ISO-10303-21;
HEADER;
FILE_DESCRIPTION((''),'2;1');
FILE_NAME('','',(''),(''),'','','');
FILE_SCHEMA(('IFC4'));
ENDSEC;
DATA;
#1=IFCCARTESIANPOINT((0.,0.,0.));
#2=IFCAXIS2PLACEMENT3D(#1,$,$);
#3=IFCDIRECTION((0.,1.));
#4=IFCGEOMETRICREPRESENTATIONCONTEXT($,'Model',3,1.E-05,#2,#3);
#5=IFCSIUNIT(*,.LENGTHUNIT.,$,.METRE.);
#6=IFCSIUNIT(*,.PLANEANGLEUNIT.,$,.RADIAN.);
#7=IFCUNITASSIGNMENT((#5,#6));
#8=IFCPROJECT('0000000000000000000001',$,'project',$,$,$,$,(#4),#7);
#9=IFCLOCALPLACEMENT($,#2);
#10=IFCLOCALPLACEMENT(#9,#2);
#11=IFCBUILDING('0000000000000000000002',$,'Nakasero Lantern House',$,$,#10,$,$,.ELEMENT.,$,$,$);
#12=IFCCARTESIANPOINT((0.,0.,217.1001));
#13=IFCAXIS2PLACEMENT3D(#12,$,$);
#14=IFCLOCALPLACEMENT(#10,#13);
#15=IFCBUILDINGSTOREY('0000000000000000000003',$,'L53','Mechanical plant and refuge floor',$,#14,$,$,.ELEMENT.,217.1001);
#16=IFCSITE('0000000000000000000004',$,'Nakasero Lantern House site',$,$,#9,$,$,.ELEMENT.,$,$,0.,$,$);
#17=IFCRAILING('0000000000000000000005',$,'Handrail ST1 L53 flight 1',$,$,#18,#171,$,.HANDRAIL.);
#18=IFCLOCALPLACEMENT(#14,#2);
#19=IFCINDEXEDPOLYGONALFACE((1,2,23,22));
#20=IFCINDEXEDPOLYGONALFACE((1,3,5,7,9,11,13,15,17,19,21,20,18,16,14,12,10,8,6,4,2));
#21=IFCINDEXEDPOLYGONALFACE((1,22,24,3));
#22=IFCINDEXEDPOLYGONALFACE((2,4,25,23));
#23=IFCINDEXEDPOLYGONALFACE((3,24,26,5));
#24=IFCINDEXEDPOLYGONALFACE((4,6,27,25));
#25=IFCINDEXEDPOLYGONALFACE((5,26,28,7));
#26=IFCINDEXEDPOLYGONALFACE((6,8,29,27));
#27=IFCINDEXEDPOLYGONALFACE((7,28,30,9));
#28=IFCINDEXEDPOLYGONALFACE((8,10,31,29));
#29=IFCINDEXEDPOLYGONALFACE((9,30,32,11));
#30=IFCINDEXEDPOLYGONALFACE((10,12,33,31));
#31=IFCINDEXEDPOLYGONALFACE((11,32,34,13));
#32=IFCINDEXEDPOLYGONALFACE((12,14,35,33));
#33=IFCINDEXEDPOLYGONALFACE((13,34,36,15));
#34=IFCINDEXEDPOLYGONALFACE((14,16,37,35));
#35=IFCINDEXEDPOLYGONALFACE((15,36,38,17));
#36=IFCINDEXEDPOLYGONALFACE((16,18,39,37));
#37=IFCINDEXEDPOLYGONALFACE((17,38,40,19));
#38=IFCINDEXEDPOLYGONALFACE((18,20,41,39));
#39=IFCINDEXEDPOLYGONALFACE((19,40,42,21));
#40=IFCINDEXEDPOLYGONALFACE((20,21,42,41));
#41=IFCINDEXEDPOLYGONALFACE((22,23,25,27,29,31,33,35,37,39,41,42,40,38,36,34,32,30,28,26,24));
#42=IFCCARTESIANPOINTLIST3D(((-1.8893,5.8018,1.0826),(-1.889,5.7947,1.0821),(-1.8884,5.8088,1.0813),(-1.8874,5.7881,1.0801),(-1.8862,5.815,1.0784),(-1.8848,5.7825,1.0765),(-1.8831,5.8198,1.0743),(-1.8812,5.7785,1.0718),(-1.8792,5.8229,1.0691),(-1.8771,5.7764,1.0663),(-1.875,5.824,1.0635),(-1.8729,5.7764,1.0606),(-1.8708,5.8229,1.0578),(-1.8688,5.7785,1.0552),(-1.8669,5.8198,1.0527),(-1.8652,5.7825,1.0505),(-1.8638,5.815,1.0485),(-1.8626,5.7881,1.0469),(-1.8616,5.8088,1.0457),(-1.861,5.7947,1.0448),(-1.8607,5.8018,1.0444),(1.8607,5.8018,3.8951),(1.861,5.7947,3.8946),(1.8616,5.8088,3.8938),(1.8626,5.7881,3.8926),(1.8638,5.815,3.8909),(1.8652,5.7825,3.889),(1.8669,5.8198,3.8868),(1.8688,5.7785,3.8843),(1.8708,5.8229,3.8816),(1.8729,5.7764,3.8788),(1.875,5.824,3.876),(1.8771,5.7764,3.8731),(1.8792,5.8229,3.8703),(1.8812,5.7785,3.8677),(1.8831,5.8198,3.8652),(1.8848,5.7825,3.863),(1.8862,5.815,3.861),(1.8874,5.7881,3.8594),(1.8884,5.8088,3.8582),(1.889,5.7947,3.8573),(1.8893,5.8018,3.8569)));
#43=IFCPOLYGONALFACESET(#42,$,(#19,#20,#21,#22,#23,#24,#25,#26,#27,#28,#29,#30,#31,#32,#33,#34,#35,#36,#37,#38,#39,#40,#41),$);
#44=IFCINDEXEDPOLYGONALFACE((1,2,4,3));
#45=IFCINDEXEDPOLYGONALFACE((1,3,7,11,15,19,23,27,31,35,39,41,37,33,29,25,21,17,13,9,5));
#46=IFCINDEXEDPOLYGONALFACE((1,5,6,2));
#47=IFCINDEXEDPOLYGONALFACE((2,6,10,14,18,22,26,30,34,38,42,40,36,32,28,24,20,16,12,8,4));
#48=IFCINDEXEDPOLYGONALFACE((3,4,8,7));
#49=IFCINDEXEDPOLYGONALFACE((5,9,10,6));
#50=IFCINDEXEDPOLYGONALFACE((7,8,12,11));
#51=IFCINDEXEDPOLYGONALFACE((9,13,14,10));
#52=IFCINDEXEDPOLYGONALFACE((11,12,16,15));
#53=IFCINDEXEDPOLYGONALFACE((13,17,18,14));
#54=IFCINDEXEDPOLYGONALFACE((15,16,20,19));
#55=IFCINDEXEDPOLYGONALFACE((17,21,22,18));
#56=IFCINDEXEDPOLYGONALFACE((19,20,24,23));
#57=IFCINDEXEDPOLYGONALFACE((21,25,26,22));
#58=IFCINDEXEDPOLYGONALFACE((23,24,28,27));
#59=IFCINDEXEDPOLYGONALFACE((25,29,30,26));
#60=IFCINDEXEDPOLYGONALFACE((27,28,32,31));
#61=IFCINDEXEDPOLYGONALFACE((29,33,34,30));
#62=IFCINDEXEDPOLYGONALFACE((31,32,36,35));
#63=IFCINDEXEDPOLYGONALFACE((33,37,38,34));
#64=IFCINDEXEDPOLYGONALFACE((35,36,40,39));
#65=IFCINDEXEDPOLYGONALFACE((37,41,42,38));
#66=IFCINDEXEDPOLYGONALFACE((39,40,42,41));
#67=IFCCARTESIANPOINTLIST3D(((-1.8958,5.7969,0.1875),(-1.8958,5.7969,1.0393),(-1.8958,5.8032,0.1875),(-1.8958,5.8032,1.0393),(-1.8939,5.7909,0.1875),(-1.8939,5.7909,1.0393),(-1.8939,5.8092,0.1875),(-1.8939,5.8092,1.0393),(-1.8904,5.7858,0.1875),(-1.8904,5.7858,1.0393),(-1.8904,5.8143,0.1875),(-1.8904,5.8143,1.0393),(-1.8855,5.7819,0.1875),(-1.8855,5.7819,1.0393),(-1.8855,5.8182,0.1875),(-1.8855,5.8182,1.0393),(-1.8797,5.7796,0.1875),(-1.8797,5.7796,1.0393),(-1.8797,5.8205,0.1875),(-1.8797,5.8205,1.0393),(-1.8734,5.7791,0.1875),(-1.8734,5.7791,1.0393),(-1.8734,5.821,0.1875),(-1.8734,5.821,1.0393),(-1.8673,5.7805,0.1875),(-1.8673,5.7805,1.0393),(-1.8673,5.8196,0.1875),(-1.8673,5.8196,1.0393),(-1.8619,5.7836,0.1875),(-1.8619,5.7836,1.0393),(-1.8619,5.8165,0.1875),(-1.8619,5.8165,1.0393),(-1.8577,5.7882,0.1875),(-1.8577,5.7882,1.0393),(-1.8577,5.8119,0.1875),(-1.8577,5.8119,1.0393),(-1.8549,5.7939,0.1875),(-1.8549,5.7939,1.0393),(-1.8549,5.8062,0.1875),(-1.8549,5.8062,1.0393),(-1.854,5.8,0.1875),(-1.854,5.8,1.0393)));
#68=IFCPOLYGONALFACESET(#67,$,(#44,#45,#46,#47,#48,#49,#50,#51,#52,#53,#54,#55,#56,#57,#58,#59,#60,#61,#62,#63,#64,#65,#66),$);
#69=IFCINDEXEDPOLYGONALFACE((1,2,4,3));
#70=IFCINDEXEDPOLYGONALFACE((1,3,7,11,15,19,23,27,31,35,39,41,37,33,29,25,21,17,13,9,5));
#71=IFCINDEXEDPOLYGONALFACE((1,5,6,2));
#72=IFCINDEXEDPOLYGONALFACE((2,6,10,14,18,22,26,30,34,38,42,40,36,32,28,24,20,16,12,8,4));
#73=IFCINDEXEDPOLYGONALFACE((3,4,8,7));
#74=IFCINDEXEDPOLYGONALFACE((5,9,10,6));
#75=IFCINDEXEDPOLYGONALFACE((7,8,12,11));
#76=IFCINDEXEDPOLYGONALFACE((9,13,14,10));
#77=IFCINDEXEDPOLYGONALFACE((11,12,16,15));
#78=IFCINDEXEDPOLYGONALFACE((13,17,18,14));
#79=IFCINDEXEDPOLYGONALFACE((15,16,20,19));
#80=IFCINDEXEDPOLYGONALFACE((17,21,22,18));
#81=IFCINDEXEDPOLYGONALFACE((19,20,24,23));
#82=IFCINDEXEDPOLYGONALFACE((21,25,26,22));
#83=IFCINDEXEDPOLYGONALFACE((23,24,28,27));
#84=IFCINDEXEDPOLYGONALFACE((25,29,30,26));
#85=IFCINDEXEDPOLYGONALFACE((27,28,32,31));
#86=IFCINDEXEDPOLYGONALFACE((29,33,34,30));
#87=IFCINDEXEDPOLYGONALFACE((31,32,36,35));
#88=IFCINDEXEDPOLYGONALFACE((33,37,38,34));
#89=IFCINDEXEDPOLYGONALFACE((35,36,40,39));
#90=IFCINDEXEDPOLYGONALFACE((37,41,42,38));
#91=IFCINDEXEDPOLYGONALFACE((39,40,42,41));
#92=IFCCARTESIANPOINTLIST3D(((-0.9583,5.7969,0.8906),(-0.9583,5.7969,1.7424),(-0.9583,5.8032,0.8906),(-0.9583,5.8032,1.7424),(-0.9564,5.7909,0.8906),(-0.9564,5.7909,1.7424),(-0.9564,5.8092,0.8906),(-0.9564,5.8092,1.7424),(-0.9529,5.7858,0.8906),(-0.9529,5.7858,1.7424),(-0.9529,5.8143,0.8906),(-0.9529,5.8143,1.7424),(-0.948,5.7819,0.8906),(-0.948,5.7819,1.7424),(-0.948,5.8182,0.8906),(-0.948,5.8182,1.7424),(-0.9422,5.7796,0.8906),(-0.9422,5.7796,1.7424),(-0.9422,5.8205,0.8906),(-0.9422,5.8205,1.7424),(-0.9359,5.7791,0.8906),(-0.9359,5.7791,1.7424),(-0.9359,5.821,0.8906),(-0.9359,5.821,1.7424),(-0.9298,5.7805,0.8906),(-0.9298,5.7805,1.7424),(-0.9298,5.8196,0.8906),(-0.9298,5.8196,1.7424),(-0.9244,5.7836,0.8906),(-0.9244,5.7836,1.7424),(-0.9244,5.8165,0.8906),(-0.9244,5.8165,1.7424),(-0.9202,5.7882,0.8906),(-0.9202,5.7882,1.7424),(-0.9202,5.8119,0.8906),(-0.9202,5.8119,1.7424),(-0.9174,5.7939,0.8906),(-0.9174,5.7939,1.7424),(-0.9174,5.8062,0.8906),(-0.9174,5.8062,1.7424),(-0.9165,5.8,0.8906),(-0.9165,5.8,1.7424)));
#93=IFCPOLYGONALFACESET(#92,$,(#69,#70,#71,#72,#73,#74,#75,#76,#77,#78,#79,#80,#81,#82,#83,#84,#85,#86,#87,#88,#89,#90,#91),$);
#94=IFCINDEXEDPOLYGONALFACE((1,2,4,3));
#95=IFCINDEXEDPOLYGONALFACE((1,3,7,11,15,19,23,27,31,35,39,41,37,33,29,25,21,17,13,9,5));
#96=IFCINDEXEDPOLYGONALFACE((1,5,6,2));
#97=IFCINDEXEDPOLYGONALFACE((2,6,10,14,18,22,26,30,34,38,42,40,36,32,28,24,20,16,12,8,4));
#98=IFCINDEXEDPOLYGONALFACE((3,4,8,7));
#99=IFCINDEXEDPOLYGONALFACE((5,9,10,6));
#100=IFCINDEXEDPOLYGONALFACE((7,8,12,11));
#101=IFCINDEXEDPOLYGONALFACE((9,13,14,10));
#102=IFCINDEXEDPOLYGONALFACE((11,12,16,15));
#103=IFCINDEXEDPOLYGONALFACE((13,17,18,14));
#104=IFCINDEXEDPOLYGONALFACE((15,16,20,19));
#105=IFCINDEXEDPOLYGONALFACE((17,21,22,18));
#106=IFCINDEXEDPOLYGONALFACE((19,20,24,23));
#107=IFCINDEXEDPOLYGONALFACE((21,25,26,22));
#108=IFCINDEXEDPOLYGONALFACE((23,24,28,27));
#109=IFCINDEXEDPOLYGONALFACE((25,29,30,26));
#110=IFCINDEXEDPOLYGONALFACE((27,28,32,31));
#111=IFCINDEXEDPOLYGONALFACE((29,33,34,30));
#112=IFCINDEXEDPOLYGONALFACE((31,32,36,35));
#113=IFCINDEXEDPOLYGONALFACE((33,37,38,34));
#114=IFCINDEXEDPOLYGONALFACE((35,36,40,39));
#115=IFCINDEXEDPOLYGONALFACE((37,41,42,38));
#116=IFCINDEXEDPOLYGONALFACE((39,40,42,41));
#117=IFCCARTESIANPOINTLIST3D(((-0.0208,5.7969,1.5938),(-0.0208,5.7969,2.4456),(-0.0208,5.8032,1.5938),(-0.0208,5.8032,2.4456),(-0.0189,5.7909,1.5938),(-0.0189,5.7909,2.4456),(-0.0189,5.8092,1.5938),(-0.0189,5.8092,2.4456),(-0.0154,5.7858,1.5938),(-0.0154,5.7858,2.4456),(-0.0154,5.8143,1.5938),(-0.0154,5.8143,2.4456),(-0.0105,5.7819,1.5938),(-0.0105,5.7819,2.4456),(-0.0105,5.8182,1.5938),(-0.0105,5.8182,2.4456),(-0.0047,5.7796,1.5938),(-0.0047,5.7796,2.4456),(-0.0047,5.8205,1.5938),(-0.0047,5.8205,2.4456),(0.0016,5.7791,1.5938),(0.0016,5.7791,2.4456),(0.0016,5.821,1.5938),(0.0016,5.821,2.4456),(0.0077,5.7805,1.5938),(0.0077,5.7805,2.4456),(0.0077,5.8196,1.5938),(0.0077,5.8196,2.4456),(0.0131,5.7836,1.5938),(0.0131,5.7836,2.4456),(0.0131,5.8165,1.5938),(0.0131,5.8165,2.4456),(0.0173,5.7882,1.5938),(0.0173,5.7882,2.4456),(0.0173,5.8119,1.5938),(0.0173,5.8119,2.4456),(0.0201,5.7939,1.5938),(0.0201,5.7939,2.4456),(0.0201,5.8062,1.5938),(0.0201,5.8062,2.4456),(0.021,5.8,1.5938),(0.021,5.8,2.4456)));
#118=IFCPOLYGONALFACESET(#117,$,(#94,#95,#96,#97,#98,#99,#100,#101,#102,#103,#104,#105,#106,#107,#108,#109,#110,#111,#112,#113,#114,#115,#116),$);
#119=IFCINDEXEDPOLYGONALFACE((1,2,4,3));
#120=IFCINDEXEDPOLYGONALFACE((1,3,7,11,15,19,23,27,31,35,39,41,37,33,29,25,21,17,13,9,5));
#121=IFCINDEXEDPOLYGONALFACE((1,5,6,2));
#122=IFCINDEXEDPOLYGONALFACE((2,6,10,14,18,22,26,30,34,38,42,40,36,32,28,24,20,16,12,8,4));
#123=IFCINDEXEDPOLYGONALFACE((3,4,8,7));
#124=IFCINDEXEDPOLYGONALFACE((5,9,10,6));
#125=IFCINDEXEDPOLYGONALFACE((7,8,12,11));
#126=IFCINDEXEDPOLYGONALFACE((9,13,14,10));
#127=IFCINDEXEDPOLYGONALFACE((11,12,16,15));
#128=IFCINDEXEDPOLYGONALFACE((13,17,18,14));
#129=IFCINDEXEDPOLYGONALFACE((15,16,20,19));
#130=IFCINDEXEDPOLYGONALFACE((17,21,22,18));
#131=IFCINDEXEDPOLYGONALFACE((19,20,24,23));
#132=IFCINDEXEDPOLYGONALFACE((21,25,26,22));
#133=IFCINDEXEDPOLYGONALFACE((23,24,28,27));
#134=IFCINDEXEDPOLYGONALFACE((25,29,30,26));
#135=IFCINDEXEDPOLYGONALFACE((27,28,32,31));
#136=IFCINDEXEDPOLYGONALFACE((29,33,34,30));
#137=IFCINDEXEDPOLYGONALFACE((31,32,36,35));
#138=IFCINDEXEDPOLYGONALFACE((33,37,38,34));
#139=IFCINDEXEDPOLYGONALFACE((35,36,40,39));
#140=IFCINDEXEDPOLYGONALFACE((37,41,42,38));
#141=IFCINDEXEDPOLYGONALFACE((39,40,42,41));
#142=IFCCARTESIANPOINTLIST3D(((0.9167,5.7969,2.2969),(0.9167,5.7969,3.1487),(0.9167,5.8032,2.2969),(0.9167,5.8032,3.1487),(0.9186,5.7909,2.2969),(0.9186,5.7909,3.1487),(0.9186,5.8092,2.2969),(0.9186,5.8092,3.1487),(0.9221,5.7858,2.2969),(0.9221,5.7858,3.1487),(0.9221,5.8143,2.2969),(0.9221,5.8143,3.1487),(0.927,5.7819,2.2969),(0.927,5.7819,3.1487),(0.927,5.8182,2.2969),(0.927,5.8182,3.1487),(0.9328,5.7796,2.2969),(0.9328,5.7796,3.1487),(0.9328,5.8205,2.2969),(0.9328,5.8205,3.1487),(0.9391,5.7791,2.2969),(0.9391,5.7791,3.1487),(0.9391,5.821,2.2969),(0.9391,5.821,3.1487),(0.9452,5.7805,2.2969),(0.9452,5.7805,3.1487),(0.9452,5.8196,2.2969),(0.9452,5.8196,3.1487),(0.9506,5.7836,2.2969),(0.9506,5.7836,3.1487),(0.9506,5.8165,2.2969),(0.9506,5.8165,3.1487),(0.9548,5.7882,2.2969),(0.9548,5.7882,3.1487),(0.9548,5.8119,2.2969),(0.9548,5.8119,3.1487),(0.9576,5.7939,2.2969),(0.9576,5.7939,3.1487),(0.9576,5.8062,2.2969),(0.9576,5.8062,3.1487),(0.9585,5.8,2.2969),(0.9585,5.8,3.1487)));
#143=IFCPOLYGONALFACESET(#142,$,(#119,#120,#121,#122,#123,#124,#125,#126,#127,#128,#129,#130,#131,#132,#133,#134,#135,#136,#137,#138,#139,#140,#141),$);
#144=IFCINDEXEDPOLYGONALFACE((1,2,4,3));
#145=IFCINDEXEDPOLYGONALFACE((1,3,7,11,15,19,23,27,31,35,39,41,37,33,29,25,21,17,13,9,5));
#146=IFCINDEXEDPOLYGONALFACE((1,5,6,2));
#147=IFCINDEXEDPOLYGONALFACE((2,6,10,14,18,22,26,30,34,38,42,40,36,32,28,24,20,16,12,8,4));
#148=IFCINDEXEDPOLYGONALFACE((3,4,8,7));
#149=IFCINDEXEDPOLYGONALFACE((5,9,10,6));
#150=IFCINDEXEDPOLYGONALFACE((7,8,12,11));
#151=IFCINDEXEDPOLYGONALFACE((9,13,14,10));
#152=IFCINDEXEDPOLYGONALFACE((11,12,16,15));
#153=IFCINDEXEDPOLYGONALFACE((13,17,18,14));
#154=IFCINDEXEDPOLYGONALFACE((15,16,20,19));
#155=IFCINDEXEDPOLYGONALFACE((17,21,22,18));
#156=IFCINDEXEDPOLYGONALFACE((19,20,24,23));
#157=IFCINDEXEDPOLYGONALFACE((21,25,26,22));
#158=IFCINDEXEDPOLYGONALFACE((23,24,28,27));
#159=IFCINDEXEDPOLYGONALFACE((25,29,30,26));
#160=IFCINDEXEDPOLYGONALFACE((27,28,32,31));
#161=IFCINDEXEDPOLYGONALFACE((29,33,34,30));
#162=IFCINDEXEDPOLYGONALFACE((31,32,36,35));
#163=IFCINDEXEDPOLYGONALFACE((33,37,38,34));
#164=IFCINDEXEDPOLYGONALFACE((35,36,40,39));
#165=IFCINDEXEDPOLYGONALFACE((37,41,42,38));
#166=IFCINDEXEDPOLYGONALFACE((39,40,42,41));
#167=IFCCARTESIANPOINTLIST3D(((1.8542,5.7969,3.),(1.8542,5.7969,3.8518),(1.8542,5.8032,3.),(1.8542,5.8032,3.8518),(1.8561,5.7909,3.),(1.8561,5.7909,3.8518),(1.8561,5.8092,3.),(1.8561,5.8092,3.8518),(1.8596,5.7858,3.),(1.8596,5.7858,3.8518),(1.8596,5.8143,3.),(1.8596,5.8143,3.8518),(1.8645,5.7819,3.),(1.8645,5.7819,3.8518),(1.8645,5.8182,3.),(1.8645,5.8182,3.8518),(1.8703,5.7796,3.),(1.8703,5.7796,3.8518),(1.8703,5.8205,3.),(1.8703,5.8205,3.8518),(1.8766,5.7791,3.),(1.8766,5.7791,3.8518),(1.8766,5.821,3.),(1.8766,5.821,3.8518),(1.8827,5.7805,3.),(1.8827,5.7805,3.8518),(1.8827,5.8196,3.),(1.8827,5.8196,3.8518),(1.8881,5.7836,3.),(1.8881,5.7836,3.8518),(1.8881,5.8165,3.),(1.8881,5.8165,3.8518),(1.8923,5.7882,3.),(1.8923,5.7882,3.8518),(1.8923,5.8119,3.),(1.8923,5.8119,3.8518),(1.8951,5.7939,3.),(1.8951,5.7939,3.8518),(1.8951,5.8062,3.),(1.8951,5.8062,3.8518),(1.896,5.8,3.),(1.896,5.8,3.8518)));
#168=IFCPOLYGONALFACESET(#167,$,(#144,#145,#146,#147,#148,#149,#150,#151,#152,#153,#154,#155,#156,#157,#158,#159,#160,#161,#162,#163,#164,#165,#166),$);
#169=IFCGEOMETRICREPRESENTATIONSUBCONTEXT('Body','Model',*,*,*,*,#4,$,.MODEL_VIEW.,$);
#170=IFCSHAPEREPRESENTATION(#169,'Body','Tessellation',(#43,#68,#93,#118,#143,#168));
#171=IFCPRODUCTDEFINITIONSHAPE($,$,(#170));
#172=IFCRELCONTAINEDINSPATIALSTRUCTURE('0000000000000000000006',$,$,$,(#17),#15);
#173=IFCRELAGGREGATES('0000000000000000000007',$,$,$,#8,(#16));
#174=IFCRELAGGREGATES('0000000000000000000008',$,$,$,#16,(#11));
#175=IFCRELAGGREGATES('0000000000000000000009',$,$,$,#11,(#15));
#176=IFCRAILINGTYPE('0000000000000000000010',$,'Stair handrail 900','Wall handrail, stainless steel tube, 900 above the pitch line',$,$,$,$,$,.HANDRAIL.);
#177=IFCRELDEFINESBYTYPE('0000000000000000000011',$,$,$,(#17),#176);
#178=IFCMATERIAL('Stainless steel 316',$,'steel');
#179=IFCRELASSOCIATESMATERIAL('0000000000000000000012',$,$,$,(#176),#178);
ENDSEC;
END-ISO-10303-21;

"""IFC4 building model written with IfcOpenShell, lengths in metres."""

from ifc_helpers import new_model, si_unit, direction, frame, origin, origin_2d, place, context, subcontext, project, spatial, circle, extrude, material, type_object, element, save


model = new_model("IFC4")

# Units and contexts
model_context = context("Model", 3, precision=1e-05, world=origin(), true_north=direction((0.0, 1.0)))
body_context = subcontext(model_context, "Body", "Model", "MODEL_VIEW")
ifc_project = project(units=[si_unit("LENGTHUNIT", "METRE"), si_unit("PLANEANGLEUNIT", "RADIAN")], contexts=[model_context])

# Site, building, storey
site_placement = place(None, origin())
site = spatial("IfcSite", under=ifc_project, at=site_placement, Name="Nakasero Lantern House site", CompositionType="ELEMENT", RefElevation=0.0)
building_placement = place(site_placement, origin())
building = spatial("IfcBuilding", under=site, at=building_placement, Name="Nakasero Lantern House", CompositionType="ELEMENT")
storey_placement = place(building_placement, frame((0.0, 0.0, 217.1001)))
storey = spatial("IfcBuildingStorey", under=building, at=storey_placement, Name="L53", Description="Mechanical plant and refuge floor", CompositionType="ELEMENT", Elevation=217.1001)

# Railing
ifc_material_1 = material(Name="Stainless steel 316", Category="steel")
railing_type = type_object("IfcRailingType", Name="Stair handrail 900", Description="Wall handrail, stainless steel tube, 900 above the pitch line", PredefinedType="HANDRAIL", material=ifc_material_1)
railing_placement = place(storey_placement, frame((-1.875, 5.8, 0.1875)))
element("IfcRailing", 1, at=railing_placement, inside=storey, type_object=railing_type, Name="Handrail ST1 L53 flight 1", PredefinedType="HANDRAIL", context=body_context, shape_type="SweptSolid", body=[
    extrude(circle(Radius=0.0239, at=origin_2d()), frame((0.0, 0.0, 0.876), z_axis=(0.8, 0.0, 0.6), x_axis=(0.0, 1.0, 0.0)), (0.0, 0.0, 1.0), 4.6875),
    extrude(circle(Radius=0.021, at=origin_2d()), origin(), (0.0, 0.0, 1.0), 0.8518),
    extrude(circle(Radius=0.021, at=origin_2d()), frame((0.9375, 0.0, 0.7031)), (0.0, 0.0, 1.0), 0.8518),
    extrude(circle(Radius=0.021, at=origin_2d()), frame((1.875, 0.0, 1.4062)), (0.0, 0.0, 1.0), 0.8518),
    extrude(circle(Radius=0.021, at=origin_2d()), frame((2.8125, 0.0, 2.1094)), (0.0, 0.0, 1.0), 0.8518),
    extrude(circle(Radius=0.021, at=origin_2d()), frame((3.75, 0.0, 2.8125)), (0.0, 0.0, 1.0), 0.8518),
])

save(model, "model.ifc")
